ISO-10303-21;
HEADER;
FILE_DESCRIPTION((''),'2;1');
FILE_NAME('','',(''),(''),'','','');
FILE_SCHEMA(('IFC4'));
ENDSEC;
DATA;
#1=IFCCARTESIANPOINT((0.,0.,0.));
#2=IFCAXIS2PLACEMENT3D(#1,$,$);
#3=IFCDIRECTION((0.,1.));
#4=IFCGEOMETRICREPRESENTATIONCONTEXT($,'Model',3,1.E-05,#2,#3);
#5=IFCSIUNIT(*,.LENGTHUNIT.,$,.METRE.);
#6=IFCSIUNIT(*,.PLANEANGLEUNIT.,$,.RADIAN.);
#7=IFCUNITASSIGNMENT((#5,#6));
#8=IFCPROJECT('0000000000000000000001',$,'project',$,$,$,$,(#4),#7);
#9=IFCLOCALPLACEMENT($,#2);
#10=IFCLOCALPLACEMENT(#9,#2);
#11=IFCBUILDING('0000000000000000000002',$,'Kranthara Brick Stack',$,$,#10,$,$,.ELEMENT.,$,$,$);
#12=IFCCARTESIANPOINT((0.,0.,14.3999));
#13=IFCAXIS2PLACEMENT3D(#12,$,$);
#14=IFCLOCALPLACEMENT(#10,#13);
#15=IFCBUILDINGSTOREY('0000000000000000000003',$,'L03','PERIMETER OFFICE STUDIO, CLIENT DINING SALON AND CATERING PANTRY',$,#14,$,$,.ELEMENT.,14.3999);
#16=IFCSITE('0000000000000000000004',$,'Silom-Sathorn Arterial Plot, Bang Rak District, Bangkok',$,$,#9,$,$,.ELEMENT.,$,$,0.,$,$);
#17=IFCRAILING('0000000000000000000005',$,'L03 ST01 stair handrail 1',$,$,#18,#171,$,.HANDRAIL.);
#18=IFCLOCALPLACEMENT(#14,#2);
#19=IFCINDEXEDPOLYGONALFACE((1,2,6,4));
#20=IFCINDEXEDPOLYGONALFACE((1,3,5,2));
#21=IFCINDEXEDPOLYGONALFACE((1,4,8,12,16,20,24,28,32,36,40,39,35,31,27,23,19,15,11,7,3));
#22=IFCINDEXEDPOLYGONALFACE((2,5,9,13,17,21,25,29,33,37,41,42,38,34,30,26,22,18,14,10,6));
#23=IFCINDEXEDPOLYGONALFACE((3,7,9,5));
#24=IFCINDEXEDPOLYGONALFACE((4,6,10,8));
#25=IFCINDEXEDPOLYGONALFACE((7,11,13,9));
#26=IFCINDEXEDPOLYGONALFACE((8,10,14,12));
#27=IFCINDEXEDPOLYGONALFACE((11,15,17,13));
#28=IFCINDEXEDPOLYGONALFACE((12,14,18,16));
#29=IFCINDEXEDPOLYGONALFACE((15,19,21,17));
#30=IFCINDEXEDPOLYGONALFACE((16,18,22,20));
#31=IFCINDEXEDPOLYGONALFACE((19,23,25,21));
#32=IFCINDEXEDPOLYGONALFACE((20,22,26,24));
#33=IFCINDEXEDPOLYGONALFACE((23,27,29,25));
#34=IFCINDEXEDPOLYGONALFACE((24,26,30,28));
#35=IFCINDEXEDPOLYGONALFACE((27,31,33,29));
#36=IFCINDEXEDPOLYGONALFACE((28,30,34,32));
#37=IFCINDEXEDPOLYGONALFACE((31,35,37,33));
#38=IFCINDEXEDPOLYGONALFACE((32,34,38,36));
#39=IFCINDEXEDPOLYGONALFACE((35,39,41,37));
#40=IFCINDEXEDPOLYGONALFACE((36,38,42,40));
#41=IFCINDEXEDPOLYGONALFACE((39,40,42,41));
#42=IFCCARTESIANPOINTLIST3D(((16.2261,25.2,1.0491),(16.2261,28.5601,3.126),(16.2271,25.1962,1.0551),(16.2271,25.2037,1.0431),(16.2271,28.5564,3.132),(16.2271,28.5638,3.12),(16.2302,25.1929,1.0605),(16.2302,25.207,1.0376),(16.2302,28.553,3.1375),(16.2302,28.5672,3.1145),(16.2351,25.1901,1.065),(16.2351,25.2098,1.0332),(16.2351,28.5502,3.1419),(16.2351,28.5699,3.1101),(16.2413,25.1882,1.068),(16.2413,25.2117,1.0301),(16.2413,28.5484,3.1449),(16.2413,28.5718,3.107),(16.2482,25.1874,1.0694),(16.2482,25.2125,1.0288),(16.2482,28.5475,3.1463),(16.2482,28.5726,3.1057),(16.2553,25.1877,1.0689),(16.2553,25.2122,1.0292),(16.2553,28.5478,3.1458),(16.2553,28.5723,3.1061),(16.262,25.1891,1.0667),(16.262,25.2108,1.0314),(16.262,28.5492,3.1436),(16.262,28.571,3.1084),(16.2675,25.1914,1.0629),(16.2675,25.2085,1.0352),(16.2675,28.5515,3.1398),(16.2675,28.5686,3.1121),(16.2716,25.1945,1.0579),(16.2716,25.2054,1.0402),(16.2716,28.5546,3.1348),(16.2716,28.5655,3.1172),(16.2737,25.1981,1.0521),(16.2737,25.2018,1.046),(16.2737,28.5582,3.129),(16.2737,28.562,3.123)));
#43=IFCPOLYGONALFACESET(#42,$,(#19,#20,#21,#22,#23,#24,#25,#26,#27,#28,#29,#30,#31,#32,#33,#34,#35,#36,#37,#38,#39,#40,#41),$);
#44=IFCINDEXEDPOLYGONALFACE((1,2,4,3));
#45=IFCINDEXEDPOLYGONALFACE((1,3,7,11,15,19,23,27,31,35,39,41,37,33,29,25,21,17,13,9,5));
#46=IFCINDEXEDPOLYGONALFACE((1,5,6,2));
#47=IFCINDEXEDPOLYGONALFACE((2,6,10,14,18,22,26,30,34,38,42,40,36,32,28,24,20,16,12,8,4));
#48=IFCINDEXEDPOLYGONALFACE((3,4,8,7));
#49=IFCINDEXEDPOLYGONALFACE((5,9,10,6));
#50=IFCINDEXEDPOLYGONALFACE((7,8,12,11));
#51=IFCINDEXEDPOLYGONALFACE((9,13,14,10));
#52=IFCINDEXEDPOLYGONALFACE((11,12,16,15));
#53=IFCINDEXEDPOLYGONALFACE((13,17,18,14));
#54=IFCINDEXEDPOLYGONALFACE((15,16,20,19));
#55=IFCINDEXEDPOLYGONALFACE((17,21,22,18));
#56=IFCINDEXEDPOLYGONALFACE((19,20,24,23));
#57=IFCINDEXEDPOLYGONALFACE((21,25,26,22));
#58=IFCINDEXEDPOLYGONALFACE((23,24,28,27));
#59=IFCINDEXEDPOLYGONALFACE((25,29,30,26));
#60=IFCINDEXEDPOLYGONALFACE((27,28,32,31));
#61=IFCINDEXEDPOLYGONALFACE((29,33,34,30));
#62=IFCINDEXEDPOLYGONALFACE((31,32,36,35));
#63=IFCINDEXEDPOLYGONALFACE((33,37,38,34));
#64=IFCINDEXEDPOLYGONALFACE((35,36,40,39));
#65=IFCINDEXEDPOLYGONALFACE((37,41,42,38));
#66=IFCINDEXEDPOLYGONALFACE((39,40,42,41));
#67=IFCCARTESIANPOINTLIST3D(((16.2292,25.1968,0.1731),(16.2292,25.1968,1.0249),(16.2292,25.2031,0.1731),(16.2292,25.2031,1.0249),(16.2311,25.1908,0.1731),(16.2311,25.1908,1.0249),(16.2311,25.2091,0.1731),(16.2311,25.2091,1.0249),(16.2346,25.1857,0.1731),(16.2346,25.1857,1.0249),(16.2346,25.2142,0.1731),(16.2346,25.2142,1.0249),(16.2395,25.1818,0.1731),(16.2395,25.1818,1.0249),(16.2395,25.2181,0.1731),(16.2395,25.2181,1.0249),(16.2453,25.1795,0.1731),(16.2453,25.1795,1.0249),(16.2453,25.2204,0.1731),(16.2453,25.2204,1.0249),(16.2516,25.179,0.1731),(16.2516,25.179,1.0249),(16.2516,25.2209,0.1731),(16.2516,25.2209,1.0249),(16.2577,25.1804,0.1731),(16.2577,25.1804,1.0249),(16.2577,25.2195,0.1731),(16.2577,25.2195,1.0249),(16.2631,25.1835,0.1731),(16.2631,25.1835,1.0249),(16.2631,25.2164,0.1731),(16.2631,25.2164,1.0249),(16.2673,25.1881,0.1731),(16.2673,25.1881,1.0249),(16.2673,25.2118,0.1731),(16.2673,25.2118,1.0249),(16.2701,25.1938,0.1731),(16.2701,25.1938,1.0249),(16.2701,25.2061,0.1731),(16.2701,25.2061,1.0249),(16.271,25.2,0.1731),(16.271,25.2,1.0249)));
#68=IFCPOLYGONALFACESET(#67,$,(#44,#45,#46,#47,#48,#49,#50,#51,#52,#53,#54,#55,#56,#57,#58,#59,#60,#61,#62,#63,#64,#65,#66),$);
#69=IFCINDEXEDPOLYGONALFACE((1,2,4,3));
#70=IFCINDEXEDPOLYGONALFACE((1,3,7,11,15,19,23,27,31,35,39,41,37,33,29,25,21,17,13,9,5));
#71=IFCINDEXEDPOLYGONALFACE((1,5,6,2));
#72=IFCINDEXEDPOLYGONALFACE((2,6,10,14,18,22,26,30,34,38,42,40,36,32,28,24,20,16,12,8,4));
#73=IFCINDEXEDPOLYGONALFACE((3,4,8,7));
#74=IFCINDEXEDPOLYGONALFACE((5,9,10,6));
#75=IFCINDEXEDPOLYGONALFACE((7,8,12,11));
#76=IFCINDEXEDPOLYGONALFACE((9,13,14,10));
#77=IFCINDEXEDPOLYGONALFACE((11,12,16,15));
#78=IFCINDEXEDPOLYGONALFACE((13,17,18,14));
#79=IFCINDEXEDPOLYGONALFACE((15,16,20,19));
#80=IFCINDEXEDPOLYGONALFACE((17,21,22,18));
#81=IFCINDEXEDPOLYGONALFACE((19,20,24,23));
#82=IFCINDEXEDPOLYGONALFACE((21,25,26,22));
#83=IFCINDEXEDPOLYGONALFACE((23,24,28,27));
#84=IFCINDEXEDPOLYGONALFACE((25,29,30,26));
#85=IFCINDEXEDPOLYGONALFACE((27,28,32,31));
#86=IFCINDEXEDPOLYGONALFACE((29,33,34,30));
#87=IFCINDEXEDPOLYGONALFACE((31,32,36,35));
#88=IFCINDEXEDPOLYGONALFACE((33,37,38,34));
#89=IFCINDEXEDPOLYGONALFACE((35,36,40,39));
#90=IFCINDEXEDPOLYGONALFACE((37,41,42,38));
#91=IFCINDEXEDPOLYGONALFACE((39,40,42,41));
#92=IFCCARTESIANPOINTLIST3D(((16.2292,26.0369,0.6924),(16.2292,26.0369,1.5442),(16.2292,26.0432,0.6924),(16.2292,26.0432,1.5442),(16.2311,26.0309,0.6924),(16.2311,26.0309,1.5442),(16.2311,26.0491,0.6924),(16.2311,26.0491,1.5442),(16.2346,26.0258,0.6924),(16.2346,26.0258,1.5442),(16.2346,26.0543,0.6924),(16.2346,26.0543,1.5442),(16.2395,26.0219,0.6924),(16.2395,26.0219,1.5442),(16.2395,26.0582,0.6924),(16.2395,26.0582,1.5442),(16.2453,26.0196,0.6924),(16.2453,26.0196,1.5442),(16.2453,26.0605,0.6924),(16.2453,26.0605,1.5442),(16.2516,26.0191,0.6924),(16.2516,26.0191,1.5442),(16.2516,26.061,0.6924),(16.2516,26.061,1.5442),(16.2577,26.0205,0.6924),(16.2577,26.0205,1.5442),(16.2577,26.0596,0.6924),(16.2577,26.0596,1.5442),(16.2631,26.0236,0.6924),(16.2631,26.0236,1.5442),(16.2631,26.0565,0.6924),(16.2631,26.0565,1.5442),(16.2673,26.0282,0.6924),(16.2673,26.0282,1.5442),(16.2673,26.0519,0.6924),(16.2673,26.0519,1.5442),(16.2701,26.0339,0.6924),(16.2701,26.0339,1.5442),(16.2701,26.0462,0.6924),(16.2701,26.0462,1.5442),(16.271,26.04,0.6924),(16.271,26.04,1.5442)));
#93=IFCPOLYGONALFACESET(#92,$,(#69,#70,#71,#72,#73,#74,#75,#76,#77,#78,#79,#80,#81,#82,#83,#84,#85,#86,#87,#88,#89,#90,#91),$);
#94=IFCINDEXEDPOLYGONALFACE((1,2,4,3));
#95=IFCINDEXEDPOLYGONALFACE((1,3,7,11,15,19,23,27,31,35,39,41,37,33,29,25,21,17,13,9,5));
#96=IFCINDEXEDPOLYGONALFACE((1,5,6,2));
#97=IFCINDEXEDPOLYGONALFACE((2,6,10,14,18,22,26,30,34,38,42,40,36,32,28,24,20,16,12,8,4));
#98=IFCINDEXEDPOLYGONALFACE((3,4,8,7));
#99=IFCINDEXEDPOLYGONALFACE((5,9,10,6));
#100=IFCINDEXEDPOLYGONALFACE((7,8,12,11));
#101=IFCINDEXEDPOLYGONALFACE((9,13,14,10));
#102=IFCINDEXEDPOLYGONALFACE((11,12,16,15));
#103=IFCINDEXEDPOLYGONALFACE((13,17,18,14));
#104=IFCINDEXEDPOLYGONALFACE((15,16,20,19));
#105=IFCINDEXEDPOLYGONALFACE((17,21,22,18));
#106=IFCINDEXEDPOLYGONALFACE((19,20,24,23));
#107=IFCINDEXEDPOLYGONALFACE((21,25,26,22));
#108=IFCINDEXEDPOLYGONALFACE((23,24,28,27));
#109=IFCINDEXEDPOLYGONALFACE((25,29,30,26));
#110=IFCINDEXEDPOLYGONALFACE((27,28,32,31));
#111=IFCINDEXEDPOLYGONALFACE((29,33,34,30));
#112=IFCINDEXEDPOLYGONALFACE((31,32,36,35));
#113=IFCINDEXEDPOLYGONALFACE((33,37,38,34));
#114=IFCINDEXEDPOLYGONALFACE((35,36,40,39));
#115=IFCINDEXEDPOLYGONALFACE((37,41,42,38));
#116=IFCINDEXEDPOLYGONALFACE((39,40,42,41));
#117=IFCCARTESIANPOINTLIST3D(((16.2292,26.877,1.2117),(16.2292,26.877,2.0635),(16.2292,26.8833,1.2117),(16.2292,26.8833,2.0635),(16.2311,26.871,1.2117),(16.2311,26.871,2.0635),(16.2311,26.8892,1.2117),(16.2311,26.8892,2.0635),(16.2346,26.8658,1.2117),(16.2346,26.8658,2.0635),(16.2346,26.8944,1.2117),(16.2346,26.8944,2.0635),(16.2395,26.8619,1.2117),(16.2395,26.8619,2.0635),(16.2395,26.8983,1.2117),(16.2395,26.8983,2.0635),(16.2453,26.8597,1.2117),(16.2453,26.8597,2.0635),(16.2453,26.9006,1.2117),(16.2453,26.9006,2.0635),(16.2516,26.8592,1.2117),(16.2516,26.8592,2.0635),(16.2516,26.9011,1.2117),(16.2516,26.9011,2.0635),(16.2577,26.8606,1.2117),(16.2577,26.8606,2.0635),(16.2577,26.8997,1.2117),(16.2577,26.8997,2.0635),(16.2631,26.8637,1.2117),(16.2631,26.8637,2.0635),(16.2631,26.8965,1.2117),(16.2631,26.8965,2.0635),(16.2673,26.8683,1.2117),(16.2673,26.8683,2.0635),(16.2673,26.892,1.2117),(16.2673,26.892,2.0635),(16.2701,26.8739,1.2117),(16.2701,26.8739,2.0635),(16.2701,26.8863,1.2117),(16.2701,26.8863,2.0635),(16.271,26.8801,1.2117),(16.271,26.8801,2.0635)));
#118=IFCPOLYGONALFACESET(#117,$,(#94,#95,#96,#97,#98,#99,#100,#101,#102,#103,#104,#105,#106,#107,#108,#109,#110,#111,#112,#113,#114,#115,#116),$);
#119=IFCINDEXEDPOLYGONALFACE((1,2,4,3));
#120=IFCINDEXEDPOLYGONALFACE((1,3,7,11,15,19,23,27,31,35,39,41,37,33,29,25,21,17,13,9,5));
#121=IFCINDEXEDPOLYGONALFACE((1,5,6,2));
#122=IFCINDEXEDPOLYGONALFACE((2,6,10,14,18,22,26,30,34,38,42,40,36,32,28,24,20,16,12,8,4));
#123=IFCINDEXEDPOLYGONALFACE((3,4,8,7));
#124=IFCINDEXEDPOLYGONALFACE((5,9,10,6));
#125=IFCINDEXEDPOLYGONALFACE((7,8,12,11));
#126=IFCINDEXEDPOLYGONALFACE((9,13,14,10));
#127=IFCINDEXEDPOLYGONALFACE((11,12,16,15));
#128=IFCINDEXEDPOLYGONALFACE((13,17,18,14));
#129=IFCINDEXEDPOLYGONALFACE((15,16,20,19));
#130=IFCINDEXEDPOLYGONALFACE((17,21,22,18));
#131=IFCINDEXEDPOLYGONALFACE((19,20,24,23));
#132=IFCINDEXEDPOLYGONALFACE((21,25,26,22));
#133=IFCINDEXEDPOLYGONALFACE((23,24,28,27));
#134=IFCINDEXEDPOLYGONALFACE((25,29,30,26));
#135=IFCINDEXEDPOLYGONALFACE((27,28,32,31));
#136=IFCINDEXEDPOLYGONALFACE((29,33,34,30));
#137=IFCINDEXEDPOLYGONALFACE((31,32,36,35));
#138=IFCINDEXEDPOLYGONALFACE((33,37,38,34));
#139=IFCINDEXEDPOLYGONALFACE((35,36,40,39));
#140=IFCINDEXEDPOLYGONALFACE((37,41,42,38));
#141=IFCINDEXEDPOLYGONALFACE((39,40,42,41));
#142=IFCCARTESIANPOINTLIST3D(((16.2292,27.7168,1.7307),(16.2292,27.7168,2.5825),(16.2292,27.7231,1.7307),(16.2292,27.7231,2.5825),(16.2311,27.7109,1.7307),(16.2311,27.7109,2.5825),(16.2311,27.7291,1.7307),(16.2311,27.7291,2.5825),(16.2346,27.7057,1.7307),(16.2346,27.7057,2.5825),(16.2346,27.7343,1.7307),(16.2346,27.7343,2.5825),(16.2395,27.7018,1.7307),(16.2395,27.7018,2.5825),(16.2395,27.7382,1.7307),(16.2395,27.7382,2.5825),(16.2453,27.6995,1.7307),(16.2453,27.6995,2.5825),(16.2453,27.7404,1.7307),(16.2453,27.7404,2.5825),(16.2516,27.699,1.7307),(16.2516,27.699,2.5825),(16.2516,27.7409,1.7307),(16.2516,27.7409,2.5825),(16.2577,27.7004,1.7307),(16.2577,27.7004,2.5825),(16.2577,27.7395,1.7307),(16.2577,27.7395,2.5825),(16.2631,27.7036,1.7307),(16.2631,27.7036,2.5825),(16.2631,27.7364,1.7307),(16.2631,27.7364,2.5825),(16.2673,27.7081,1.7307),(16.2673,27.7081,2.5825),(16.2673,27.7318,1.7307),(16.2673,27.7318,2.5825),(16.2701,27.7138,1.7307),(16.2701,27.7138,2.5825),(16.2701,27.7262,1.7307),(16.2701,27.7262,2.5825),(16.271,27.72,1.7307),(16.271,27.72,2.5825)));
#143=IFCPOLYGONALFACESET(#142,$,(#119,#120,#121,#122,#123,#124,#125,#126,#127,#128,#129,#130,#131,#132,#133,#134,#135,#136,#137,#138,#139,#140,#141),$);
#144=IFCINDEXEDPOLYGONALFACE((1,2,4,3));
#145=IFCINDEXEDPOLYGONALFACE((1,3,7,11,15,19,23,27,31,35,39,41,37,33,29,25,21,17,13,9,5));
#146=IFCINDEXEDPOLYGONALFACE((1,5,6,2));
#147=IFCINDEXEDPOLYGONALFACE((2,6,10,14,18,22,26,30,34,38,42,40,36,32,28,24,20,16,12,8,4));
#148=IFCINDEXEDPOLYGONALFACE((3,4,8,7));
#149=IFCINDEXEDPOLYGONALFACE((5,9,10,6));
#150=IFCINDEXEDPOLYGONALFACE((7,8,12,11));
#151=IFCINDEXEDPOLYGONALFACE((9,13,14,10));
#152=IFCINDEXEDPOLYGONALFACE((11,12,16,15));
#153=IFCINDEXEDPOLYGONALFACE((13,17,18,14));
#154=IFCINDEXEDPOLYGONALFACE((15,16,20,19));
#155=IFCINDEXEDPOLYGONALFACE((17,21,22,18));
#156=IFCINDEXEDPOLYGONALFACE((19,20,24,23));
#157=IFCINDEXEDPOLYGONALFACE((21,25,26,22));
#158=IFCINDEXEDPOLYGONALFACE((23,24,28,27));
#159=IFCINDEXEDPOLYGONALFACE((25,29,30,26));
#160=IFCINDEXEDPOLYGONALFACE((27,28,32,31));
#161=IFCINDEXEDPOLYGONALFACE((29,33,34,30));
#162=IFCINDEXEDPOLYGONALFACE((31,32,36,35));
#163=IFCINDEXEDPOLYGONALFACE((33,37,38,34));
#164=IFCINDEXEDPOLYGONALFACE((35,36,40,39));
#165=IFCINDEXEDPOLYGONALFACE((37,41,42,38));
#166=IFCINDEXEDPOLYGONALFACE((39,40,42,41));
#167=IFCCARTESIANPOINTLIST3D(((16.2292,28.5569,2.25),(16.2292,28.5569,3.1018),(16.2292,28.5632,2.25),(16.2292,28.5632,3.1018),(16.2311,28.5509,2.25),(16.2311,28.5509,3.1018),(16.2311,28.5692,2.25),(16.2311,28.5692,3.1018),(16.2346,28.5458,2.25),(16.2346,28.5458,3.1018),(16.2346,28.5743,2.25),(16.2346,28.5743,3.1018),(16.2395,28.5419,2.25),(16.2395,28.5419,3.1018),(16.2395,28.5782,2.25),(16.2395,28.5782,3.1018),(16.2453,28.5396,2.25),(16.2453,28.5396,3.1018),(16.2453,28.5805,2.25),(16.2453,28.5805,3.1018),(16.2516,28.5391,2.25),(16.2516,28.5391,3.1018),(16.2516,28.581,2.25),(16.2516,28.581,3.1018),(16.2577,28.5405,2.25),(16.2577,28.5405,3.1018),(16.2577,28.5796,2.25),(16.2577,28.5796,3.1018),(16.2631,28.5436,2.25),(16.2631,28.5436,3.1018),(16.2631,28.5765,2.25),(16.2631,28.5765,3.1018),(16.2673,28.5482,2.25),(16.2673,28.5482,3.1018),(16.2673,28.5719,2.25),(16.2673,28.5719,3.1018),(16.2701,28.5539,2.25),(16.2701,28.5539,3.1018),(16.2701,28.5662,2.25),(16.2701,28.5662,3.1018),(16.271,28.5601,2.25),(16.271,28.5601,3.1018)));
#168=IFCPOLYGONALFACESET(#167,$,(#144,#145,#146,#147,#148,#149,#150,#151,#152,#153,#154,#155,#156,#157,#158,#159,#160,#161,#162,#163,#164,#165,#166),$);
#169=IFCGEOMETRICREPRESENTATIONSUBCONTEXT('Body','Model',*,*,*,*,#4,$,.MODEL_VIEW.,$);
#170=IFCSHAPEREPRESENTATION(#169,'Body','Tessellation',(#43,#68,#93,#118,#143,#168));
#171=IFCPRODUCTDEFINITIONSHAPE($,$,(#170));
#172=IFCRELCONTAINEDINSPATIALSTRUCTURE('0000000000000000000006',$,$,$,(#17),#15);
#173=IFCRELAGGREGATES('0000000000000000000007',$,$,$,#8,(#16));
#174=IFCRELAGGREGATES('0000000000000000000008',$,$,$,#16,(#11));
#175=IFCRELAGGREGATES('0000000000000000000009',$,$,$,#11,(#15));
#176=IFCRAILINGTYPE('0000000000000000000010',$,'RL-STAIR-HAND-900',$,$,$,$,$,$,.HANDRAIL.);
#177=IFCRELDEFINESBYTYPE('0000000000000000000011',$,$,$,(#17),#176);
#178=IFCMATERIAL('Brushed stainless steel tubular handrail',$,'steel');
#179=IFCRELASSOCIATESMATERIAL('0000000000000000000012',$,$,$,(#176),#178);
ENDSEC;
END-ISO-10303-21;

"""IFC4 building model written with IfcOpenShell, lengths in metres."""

from ifc_helpers import new_model, si_unit, direction, frame, origin, origin_2d, place, context, subcontext, project, spatial, circle, extrude, material, type_object, element, save


model = new_model("IFC4")

# Units and contexts
model_context = context("Model", 3, precision=1e-05, world=origin(), true_north=direction((0.0, 1.0)))
body_context = subcontext(model_context, "Body", "Model", "MODEL_VIEW")
ifc_project = project(units=[si_unit("LENGTHUNIT", "METRE"), si_unit("PLANEANGLEUNIT", "RADIAN")], contexts=[model_context])

# Site, building, storey
site_placement = place(None, origin())
site = spatial("IfcSite", under=ifc_project, at=site_placement, Name="Silom-Sathorn Arterial Plot, Bang Rak District, Bangkok", CompositionType="ELEMENT", RefElevation=0.0)
building_placement = place(site_placement, origin())
building = spatial("IfcBuilding", under=site, at=building_placement, Name="Kranthara Brick Stack", CompositionType="ELEMENT")
storey_placement = place(building_placement, frame((0.0, 0.0, 14.3999)))
storey = spatial("IfcBuildingStorey", under=building, at=storey_placement, Name="L03", Description="PERIMETER OFFICE STUDIO, CLIENT DINING SALON AND CATERING PANTRY", CompositionType="ELEMENT", Elevation=14.3999)

# Railing
ifc_material_1 = material(Name="Brushed stainless steel tubular handrail", Category="steel")
railing_type_1 = type_object("IfcRailingType", Name="RL-STAIR-HAND-900", PredefinedType="HANDRAIL", material=ifc_material_1)
railing_1_placement = place(storey_placement, frame((16.25, 25.2, 0.1731)))
element("IfcRailing", 1, at=railing_1_placement, inside=storey, type_object=railing_type_1, Name="L03 ST01 stair handrail 1", PredefinedType="HANDRAIL", context=body_context, shape_type="SweptSolid", body=[
    extrude(circle(Radius=0.0239, at=origin_2d()), frame((0.0, 0.0, 0.876), z_axis=(0.0, 0.850623, 0.525776), x_axis=(-1.0, 0.0, 0.0)), (0.0, 0.0, 1.0), 3.9502),
    extrude(circle(Radius=0.021, at=origin_2d()), origin(), (0.0, 0.0, 1.0), 0.8518),
    extrude(circle(Radius=0.021, at=origin_2d()), frame((0.0, 0.8401, 0.5193)), (0.0, 0.0, 1.0), 0.8518),
    extrude(circle(Radius=0.021, at=origin_2d()), frame((0.0, 1.6802, 1.0386)), (0.0, 0.0, 1.0), 0.8518),
    extrude(circle(Radius=0.021, at=origin_2d()), frame((0.0, 2.52, 1.5576)), (0.0, 0.0, 1.0), 0.8518),
    extrude(circle(Radius=0.021, at=origin_2d()), frame((0.0, 3.3601, 2.0769)), (0.0, 0.0, 1.0), 0.8518),
])

save(model, "model.ifc")
